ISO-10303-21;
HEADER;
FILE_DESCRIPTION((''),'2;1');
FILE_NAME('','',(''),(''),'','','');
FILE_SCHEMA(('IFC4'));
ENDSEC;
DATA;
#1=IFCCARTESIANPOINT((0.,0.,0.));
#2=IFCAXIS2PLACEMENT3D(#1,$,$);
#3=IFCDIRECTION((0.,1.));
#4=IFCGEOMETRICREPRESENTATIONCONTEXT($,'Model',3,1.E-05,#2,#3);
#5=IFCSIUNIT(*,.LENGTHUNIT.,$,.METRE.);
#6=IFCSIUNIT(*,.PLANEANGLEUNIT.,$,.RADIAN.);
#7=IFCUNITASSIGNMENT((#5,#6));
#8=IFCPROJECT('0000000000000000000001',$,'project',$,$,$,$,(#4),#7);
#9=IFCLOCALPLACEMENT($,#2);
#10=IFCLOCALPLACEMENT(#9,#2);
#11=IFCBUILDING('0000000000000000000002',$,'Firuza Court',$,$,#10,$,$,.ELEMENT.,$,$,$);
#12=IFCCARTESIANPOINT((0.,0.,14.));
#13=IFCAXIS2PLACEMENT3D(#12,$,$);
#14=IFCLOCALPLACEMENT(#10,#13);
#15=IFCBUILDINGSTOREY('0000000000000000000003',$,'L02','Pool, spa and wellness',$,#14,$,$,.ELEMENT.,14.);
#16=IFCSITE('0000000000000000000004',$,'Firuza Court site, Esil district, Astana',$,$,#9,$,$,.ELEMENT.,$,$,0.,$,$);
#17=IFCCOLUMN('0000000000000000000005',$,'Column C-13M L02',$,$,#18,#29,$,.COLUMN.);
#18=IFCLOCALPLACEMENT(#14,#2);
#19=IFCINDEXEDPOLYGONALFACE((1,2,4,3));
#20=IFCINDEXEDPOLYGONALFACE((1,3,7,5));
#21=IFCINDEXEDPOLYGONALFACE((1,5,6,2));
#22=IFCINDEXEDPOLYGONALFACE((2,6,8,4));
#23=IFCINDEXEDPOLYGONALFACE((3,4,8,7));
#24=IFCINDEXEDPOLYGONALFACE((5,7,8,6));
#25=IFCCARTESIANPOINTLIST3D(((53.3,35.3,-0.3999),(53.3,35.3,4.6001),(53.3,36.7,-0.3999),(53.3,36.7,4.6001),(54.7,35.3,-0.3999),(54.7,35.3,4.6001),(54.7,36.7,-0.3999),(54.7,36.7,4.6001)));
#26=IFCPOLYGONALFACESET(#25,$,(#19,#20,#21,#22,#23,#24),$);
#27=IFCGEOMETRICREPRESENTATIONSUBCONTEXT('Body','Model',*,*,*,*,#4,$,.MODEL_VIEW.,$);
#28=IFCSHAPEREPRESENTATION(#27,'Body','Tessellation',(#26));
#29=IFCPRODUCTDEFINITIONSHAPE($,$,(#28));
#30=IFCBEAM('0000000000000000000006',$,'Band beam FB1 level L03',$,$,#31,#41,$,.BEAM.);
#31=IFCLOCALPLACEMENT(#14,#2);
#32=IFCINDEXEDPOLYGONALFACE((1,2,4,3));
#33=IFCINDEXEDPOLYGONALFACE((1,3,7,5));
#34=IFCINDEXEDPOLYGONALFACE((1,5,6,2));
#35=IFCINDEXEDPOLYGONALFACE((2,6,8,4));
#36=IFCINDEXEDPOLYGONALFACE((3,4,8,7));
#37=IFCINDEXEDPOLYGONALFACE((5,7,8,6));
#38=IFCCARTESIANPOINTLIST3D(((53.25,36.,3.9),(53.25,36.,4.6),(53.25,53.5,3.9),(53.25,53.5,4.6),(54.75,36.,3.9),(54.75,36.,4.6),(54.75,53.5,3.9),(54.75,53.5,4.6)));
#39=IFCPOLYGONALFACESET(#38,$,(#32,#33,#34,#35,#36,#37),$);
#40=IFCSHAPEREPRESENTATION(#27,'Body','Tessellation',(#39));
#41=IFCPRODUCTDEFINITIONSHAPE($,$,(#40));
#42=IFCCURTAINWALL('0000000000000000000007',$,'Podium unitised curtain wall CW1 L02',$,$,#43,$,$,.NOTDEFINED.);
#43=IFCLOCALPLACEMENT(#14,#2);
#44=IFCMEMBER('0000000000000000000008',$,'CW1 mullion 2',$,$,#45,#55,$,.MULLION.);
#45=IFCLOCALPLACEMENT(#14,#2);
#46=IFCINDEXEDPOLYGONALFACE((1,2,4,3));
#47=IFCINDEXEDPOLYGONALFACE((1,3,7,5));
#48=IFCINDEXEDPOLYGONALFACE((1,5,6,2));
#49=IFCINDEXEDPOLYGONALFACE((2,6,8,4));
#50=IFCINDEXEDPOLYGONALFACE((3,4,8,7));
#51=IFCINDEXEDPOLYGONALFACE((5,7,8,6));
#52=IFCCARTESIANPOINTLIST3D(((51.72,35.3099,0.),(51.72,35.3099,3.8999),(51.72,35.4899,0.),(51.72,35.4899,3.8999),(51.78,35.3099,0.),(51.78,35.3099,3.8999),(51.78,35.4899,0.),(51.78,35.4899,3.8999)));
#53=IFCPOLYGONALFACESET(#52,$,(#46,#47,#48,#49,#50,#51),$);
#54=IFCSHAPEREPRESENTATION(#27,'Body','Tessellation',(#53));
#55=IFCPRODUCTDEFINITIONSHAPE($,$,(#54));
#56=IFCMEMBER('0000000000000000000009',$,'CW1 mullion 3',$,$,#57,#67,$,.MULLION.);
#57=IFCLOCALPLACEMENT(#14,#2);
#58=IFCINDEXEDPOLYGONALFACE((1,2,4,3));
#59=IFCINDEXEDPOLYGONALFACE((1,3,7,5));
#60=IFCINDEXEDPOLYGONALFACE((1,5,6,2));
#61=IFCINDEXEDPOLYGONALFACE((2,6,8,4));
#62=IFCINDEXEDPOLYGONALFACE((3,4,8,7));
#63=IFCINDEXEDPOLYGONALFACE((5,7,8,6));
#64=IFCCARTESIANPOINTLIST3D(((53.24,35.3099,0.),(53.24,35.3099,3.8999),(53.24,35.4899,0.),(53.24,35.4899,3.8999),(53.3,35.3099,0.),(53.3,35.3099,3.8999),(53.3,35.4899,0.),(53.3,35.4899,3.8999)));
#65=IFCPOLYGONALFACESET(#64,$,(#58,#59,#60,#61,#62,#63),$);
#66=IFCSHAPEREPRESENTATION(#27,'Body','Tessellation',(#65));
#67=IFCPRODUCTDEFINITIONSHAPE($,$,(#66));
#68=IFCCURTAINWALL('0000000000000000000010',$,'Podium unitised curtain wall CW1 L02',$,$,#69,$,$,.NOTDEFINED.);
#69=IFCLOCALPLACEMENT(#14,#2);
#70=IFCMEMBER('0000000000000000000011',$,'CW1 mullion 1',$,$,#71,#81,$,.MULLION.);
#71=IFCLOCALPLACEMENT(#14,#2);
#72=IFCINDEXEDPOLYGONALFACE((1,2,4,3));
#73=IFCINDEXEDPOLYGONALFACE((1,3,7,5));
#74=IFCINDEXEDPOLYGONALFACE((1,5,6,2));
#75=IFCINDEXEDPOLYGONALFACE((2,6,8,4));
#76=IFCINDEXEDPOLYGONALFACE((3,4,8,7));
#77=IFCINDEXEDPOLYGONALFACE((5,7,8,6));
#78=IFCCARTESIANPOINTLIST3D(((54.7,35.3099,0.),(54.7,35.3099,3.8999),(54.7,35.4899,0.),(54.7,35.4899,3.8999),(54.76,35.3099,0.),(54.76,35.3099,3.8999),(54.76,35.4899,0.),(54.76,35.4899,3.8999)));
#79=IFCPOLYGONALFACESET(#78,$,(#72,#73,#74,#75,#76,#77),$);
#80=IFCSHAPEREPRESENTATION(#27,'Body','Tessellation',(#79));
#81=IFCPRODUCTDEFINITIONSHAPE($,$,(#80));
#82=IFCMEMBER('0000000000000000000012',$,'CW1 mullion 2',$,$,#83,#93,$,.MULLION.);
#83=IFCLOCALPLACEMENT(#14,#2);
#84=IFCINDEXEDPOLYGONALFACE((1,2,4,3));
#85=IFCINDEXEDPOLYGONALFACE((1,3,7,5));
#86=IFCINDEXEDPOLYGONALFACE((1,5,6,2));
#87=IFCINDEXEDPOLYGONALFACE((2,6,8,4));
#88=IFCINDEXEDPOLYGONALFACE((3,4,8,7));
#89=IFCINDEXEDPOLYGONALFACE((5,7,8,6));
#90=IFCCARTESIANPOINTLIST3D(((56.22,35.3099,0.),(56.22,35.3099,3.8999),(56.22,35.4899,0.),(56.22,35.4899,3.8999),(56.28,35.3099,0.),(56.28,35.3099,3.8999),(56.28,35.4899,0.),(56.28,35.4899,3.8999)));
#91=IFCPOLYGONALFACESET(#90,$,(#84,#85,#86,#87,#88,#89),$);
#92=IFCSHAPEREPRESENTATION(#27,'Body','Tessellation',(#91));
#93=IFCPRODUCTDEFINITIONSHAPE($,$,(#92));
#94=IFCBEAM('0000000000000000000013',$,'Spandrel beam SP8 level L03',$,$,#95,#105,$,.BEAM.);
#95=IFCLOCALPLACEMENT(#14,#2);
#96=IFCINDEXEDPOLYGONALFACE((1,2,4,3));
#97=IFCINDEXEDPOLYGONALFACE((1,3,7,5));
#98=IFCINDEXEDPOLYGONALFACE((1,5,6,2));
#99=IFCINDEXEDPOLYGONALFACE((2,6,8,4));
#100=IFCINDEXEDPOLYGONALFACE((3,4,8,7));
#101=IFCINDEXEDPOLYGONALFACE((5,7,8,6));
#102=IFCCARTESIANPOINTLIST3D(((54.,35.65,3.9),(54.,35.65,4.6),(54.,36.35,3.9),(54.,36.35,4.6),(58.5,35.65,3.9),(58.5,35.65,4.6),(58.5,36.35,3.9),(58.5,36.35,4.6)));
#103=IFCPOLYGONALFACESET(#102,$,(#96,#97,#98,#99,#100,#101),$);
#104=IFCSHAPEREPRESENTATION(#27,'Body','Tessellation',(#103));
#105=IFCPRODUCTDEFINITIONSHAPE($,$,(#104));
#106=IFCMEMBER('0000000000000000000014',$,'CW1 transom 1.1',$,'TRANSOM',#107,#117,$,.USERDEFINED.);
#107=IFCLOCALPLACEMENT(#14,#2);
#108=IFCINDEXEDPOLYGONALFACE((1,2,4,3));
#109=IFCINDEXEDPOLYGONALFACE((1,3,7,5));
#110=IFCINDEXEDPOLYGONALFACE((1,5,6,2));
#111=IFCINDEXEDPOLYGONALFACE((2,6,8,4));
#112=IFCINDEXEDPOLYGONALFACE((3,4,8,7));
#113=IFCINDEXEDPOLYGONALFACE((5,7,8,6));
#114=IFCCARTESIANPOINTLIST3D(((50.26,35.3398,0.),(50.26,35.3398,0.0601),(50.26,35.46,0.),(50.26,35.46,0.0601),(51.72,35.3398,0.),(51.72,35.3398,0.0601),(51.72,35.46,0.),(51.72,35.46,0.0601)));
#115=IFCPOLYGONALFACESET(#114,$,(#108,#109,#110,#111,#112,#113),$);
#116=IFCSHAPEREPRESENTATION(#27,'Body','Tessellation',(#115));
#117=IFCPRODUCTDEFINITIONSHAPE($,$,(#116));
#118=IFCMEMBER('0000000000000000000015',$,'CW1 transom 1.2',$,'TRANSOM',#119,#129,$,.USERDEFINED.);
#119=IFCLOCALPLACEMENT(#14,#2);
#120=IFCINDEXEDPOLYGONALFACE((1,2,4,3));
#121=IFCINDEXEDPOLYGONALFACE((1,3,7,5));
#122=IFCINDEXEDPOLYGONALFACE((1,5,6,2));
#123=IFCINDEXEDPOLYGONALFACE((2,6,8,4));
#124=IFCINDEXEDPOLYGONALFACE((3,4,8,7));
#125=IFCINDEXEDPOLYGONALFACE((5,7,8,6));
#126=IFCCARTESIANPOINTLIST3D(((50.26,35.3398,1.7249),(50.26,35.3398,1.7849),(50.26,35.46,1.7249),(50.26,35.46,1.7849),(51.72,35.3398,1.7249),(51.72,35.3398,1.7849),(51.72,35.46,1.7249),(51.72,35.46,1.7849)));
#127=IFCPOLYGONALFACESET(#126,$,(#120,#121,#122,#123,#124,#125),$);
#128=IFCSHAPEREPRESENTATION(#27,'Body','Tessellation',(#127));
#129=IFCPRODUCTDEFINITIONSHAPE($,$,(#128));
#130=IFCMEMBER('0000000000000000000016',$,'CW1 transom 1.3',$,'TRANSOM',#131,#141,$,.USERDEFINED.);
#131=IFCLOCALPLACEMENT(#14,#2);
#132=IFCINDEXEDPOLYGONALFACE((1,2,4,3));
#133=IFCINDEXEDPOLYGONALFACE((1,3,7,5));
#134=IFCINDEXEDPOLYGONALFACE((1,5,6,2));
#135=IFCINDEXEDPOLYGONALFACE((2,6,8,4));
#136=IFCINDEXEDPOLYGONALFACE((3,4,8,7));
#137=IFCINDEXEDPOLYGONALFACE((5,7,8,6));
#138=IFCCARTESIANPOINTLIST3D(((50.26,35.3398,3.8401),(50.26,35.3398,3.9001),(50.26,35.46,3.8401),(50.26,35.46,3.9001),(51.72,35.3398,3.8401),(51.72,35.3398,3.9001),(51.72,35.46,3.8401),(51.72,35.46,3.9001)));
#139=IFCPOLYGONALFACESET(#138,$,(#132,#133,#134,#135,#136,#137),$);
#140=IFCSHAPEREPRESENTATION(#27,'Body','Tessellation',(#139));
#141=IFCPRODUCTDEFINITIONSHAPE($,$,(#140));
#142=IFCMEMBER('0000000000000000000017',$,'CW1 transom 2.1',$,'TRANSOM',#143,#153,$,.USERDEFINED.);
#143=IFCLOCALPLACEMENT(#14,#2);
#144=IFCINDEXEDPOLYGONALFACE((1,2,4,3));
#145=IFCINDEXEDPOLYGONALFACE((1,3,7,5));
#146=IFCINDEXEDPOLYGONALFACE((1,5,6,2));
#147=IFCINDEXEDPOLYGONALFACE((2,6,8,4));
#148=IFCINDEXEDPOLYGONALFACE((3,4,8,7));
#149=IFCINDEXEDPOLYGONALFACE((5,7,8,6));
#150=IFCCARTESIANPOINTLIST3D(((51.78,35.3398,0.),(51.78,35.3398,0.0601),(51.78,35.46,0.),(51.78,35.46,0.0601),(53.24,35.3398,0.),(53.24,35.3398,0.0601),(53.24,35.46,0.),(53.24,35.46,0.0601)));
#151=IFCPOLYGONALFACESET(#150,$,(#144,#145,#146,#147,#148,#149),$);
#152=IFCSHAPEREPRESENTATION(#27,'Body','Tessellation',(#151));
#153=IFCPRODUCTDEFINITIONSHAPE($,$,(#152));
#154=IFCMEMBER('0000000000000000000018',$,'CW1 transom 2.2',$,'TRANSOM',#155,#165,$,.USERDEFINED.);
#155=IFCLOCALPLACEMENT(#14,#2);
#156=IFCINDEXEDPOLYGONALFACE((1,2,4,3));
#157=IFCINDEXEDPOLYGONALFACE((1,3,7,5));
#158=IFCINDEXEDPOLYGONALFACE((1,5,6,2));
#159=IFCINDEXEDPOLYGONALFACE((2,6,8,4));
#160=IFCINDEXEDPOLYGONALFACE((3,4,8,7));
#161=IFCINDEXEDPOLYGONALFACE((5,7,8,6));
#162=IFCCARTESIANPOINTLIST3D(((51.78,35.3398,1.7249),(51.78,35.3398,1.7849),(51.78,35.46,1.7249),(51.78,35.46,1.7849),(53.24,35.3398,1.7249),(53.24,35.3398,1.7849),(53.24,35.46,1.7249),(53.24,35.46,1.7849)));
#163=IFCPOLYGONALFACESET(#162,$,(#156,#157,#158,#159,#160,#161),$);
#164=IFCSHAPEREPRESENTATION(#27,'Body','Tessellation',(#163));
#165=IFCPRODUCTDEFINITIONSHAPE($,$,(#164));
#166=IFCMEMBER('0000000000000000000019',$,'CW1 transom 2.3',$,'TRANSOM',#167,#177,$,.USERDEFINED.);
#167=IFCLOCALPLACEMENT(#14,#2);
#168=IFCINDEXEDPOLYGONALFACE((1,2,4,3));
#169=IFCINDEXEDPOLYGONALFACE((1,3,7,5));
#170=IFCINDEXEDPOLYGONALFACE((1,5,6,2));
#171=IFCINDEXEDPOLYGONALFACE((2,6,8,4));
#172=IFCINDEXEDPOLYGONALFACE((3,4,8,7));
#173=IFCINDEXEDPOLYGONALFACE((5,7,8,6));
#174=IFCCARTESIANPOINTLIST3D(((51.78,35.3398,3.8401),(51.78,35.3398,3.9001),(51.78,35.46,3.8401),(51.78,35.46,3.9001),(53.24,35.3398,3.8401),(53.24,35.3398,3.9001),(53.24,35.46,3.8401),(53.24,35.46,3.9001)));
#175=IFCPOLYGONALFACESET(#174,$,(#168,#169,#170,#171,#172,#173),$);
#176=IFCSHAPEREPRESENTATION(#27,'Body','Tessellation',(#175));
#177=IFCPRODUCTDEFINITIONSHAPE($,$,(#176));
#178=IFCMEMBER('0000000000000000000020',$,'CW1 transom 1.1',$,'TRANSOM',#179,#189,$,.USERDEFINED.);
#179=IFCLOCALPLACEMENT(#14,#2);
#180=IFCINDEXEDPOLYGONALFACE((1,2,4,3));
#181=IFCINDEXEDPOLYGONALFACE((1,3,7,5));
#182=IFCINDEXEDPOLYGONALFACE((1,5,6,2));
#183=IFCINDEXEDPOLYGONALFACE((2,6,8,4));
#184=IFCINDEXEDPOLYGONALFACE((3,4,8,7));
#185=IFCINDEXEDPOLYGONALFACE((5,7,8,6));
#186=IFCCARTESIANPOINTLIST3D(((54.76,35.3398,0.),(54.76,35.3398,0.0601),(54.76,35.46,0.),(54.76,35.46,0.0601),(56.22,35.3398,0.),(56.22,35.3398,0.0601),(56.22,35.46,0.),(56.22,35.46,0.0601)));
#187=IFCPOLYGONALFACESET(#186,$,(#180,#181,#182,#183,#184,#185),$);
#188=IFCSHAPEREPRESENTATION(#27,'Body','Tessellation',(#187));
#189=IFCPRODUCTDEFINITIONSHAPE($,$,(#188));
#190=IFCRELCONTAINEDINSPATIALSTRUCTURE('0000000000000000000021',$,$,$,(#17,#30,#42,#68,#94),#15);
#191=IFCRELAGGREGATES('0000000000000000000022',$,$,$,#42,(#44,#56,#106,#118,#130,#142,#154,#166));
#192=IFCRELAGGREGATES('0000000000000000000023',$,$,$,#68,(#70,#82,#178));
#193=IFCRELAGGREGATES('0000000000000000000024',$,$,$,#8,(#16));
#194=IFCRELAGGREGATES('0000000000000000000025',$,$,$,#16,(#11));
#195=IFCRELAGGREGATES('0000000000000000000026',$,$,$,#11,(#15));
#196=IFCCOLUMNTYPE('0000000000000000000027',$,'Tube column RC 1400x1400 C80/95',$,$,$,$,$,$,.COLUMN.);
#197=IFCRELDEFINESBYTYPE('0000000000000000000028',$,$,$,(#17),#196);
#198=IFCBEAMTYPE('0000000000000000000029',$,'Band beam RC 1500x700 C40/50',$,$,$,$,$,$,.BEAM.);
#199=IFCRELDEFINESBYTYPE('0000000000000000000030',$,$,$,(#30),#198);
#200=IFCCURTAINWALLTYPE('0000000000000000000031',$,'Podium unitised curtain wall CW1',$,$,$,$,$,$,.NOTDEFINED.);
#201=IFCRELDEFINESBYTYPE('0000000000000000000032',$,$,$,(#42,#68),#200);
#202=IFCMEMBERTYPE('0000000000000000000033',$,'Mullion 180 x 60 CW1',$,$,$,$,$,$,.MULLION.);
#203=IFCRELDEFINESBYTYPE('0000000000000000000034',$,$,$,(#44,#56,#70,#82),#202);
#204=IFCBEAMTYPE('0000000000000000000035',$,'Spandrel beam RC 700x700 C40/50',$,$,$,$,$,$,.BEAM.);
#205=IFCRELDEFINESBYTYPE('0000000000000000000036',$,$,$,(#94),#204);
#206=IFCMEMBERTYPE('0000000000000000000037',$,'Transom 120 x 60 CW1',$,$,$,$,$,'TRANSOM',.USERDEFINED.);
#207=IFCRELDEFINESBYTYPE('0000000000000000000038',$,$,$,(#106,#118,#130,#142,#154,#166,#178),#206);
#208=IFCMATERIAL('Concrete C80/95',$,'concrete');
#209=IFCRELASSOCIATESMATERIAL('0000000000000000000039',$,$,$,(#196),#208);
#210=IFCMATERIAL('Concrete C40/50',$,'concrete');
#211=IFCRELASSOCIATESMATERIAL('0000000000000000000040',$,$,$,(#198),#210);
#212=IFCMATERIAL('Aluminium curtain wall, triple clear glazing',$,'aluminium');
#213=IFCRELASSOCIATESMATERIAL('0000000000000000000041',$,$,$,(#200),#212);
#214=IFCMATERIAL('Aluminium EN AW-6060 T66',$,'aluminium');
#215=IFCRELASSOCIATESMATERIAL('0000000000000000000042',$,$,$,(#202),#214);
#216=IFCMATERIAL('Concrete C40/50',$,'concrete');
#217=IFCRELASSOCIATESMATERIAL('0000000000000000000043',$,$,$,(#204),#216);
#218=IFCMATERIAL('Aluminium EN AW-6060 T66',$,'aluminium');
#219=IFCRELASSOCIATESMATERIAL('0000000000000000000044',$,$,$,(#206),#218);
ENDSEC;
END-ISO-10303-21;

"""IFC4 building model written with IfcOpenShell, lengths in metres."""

from ifc_helpers import new_model, si_unit, direction, frame, origin, origin_2d, place, context, subcontext, project, spatial, rectangle, extrude, material, material_profile, profile_set, type_object, element, aggregate, save


model = new_model("IFC4")

# Units and contexts
model_context = context("Model", 3, precision=1e-05, world=origin(), true_north=direction((0.0, 1.0)))
body_context = subcontext(model_context, "Body", "Model", "MODEL_VIEW")
ifc_project = project(units=[si_unit("LENGTHUNIT", "METRE"), si_unit("PLANEANGLEUNIT", "RADIAN")], contexts=[model_context])

# Site, building, storey
site_placement = place(None, origin())
site = spatial("IfcSite", under=ifc_project, at=site_placement, Name="Firuza Court site, Esil district, Astana", CompositionType="ELEMENT", RefElevation=0.0)
building_placement = place(site_placement, origin())
building = spatial("IfcBuilding", under=site, at=building_placement, Name="Firuza Court", CompositionType="ELEMENT")
storey_placement = place(building_placement, frame((0.0, 0.0, 14.0)))
storey = spatial("IfcBuildingStorey", under=building, at=storey_placement, Name="L02", Description="Pool, spa and wellness", CompositionType="ELEMENT", Elevation=14.0)

# Column
ifc_material_1 = material(Name="Concrete C80/95", Category="concrete")
ifc_material_profile_1 = material_profile(ifc_material_1, rectangle(XDim=1.3999, YDim=1.3999, at=origin_2d()), Name="RC 1400x1400")
ifc_profile_set_1 = profile_set([ifc_material_profile_1], Name="Concrete C80/95")
column_type = type_object("IfcColumnType", Name="Tube column RC 1400x1400 C80/95", PredefinedType="COLUMN", material=ifc_profile_set_1)
column_placement = place(storey_placement, frame((54.0, 36.0, -0.3999), z_axis=(0.0, 0.0, 1.0), x_axis=(1.0, 0.0, 0.0)))
element("IfcColumn", 1, at=column_placement, inside=storey, type_object=column_type, Name="Column C-13M L02", PredefinedType="COLUMN", context=body_context, shape_type="SweptSolid", body=[
    extrude(rectangle(XDim=1.3999, YDim=1.3999, at=origin_2d()), origin(), (0.0, 0.0, 1.0), 5.0),
])

# Beam
ifc_material_2 = material(Name="Concrete C40/50", Category="concrete")
ifc_material_profile_2 = material_profile(ifc_material_2, rectangle(XDim=1.5, YDim=0.7, at=origin_2d()), Name="RC 1500x700")
ifc_profile_set_2 = profile_set([ifc_material_profile_2], Name="Concrete C40/50")
beam_type_1 = type_object("IfcBeamType", Name="Band beam RC 1500x700 C40/50", PredefinedType="BEAM", material=ifc_profile_set_2)
beam_1_placement = place(storey_placement, frame((54.0, 36.0, 4.25), z_axis=(0.0, 1.0, 0.0), x_axis=(-1.0, 0.0, 0.0)))
element("IfcBeam", 2, at=beam_1_placement, inside=storey, type_object=beam_type_1, Name="Band beam FB1 level L03", PredefinedType="BEAM", context=body_context, shape_type="SweptSolid", body=[
    extrude(rectangle(XDim=1.5, YDim=0.7, at=origin_2d()), origin(), (0.0, 0.0, 1.0), 17.5),
])

# Curtain walls, members
ifc_material_3 = material(Name="Aluminium curtain wall, triple clear glazing", Category="aluminium")
curtain_wall_type = type_object("IfcCurtainWallType", Name="Podium unitised curtain wall CW1", PredefinedType="NOTDEFINED", material=ifc_material_3)
curtain_wall_1_placement = place(storey_placement, origin())
curtain_wall_1 = element("IfcCurtainWall", 3, at=curtain_wall_1_placement, inside=storey, type_object=curtain_wall_type, Name="Podium unitised curtain wall CW1 L02", PredefinedType="NOTDEFINED")
ifc_material_4 = material(Name="Aluminium EN AW-6060 T66", Category="aluminium")
ifc_material_profile_3 = material_profile(ifc_material_4, rectangle(XDim=0.1799, YDim=0.0601, at=origin_2d()), Name="Mullion 180 x 60 CW1")
ifc_profile_set_3 = profile_set([ifc_material_profile_3], Name="Aluminium EN AW-6060 T66")
member_type_1 = type_object("IfcMemberType", Name="Mullion 180 x 60 CW1", PredefinedType="MULLION", material=ifc_profile_set_3)
member_1_placement = place(storey_placement, frame((51.75, 35.3999, 0.0), z_axis=(0.0, 0.0, 1.0), x_axis=(0.0, 1.0, 0.0)))
member_1 = element("IfcMember", 4, at=member_1_placement, type_object=member_type_1, Name="CW1 mullion 2", PredefinedType="MULLION", context=body_context, shape_type="SweptSolid", body=[
    extrude(rectangle(XDim=0.1799, YDim=0.0601, at=origin_2d()), origin(), (0.0, 0.0, 1.0), 3.8999),
])
member_2_placement = place(storey_placement, frame((53.27, 35.3999, 0.0), z_axis=(0.0, 0.0, 1.0), x_axis=(0.0, 1.0, 0.0)))
member_2 = element("IfcMember", 5, at=member_2_placement, type_object=member_type_1, Name="CW1 mullion 3", PredefinedType="MULLION", context=body_context, shape_type="SweptSolid", body=[
    extrude(rectangle(XDim=0.1799, YDim=0.0601, at=origin_2d()), origin(), (0.0, 0.0, 1.0), 3.8999),
])
curtain_wall_2_placement = place(storey_placement, origin())
curtain_wall_2 = element("IfcCurtainWall", 6, at=curtain_wall_2_placement, inside=storey, type_object=curtain_wall_type, Name="Podium unitised curtain wall CW1 L02", PredefinedType="NOTDEFINED")
member_3_placement = place(storey_placement, frame((54.73, 35.3999, 0.0), z_axis=(0.0, 0.0, 1.0), x_axis=(0.0, 1.0, 0.0)))
member_3 = element("IfcMember", 7, at=member_3_placement, type_object=member_type_1, Name="CW1 mullion 1", PredefinedType="MULLION", context=body_context, shape_type="SweptSolid", body=[
    extrude(rectangle(XDim=0.1799, YDim=0.0601, at=origin_2d()), origin(), (0.0, 0.0, 1.0), 3.8999),
])
member_4_placement = place(storey_placement, frame((56.25, 35.3999, 0.0), z_axis=(0.0, 0.0, 1.0), x_axis=(0.0, 1.0, 0.0)))
member_4 = element("IfcMember", 8, at=member_4_placement, type_object=member_type_1, Name="CW1 mullion 2", PredefinedType="MULLION", context=body_context, shape_type="SweptSolid", body=[
    extrude(rectangle(XDim=0.1799, YDim=0.0601, at=origin_2d()), origin(), (0.0, 0.0, 1.0), 3.8999),
])

# Beam
ifc_material_5 = material(Name="Concrete C40/50", Category="concrete")
ifc_material_profile_4 = material_profile(ifc_material_5, rectangle(XDim=0.7, YDim=0.7, at=origin_2d()), Name="RC 700x700")
ifc_profile_set_4 = profile_set([ifc_material_profile_4], Name="Concrete C40/50")
beam_type_2 = type_object("IfcBeamType", Name="Spandrel beam RC 700x700 C40/50", PredefinedType="BEAM", material=ifc_profile_set_4)
beam_2_placement = place(storey_placement, frame((54.0, 36.0, 4.25), z_axis=(1.0, 0.0, 0.0), x_axis=(0.0, 1.0, 0.0)))
element("IfcBeam", 9, at=beam_2_placement, inside=storey, type_object=beam_type_2, Name="Spandrel beam SP8 level L03", PredefinedType="BEAM", context=body_context, shape_type="SweptSolid", body=[
    extrude(rectangle(XDim=0.7, YDim=0.7, at=origin_2d()), origin(), (0.0, 0.0, 1.0), 4.5),
])

# Members
ifc_material_6 = material(Name="Aluminium EN AW-6060 T66", Category="aluminium")
ifc_material_profile_5 = material_profile(ifc_material_6, rectangle(XDim=0.1201, YDim=0.0601, at=origin_2d()), Name="Transom 120 x 60 CW1")
ifc_profile_set_5 = profile_set([ifc_material_profile_5], Name="Aluminium EN AW-6060 T66")
member_type_2 = type_object("IfcMemberType", Name="Transom 120 x 60 CW1", ElementType="TRANSOM", PredefinedType="USERDEFINED", material=ifc_profile_set_5)
member_5_placement = place(storey_placement, frame((50.26, 35.3999, 0.03), z_axis=(1.0, 0.0, 0.0), x_axis=(0.0, 1.0, 0.0)))
member_5 = element("IfcMember", 10, at=member_5_placement, type_object=member_type_2, Name="CW1 transom 1.1", ObjectType="TRANSOM", PredefinedType="USERDEFINED", context=body_context, shape_type="SweptSolid", body=[
    extrude(rectangle(XDim=0.1201, YDim=0.0601, at=origin_2d()), origin(), (0.0, 0.0, 1.0), 1.46),
])
member_6_placement = place(storey_placement, frame((50.26, 35.3999, 1.7549), z_axis=(1.0, 0.0, 0.0), x_axis=(0.0, 1.0, 0.0)))
member_6 = element("IfcMember", 11, at=member_6_placement, type_object=member_type_2, Name="CW1 transom 1.2", ObjectType="TRANSOM", PredefinedType="USERDEFINED", context=body_context, shape_type="SweptSolid", body=[
    extrude(rectangle(XDim=0.1201, YDim=0.0601, at=origin_2d()), origin(), (0.0, 0.0, 1.0), 1.46),
])
member_7_placement = place(storey_placement, frame((50.26, 35.3999, 3.8701), z_axis=(1.0, 0.0, 0.0), x_axis=(0.0, 1.0, 0.0)))
member_7 = element("IfcMember", 12, at=member_7_placement, type_object=member_type_2, Name="CW1 transom 1.3", ObjectType="TRANSOM", PredefinedType="USERDEFINED", context=body_context, shape_type="SweptSolid", body=[
    extrude(rectangle(XDim=0.1201, YDim=0.0601, at=origin_2d()), origin(), (0.0, 0.0, 1.0), 1.46),
])
member_8_placement = place(storey_placement, frame((51.78, 35.3999, 0.03), z_axis=(1.0, 0.0, 0.0), x_axis=(0.0, 1.0, 0.0)))
member_8 = element("IfcMember", 13, at=member_8_placement, type_object=member_type_2, Name="CW1 transom 2.1", ObjectType="TRANSOM", PredefinedType="USERDEFINED", context=body_context, shape_type="SweptSolid", body=[
    extrude(rectangle(XDim=0.1201, YDim=0.0601, at=origin_2d()), origin(), (0.0, 0.0, 1.0), 1.46),
])
member_9_placement = place(storey_placement, frame((51.78, 35.3999, 1.7549), z_axis=(1.0, 0.0, 0.0), x_axis=(0.0, 1.0, 0.0)))
member_9 = element("IfcMember", 14, at=member_9_placement, type_object=member_type_2, Name="CW1 transom 2.2", ObjectType="TRANSOM", PredefinedType="USERDEFINED", context=body_context, shape_type="SweptSolid", body=[
    extrude(rectangle(XDim=0.1201, YDim=0.0601, at=origin_2d()), origin(), (0.0, 0.0, 1.0), 1.46),
])
member_10_placement = place(storey_placement, frame((51.78, 35.3999, 3.8701), z_axis=(1.0, 0.0, 0.0), x_axis=(0.0, 1.0, 0.0)))
member_10 = element("IfcMember", 15, at=member_10_placement, type_object=member_type_2, Name="CW1 transom 2.3", ObjectType="TRANSOM", PredefinedType="USERDEFINED", context=body_context, shape_type="SweptSolid", body=[
    extrude(rectangle(XDim=0.1201, YDim=0.0601, at=origin_2d()), origin(), (0.0, 0.0, 1.0), 1.46),
])
member_11_placement = place(storey_placement, frame((54.76, 35.3999, 0.03), z_axis=(1.0, 0.0, 0.0), x_axis=(0.0, 1.0, 0.0)))
member_11 = element("IfcMember", 16, at=member_11_placement, type_object=member_type_2, Name="CW1 transom 1.1", ObjectType="TRANSOM", PredefinedType="USERDEFINED", context=body_context, shape_type="SweptSolid", body=[
    extrude(rectangle(XDim=0.1201, YDim=0.0601, at=origin_2d()), origin(), (0.0, 0.0, 1.0), 1.46),
])

aggregate(curtain_wall_1, [member_1, member_2, member_5, member_6, member_7, member_8, member_9, member_10])
aggregate(curtain_wall_2, [member_3, member_4, member_11])

save(model, "model.ifc")
